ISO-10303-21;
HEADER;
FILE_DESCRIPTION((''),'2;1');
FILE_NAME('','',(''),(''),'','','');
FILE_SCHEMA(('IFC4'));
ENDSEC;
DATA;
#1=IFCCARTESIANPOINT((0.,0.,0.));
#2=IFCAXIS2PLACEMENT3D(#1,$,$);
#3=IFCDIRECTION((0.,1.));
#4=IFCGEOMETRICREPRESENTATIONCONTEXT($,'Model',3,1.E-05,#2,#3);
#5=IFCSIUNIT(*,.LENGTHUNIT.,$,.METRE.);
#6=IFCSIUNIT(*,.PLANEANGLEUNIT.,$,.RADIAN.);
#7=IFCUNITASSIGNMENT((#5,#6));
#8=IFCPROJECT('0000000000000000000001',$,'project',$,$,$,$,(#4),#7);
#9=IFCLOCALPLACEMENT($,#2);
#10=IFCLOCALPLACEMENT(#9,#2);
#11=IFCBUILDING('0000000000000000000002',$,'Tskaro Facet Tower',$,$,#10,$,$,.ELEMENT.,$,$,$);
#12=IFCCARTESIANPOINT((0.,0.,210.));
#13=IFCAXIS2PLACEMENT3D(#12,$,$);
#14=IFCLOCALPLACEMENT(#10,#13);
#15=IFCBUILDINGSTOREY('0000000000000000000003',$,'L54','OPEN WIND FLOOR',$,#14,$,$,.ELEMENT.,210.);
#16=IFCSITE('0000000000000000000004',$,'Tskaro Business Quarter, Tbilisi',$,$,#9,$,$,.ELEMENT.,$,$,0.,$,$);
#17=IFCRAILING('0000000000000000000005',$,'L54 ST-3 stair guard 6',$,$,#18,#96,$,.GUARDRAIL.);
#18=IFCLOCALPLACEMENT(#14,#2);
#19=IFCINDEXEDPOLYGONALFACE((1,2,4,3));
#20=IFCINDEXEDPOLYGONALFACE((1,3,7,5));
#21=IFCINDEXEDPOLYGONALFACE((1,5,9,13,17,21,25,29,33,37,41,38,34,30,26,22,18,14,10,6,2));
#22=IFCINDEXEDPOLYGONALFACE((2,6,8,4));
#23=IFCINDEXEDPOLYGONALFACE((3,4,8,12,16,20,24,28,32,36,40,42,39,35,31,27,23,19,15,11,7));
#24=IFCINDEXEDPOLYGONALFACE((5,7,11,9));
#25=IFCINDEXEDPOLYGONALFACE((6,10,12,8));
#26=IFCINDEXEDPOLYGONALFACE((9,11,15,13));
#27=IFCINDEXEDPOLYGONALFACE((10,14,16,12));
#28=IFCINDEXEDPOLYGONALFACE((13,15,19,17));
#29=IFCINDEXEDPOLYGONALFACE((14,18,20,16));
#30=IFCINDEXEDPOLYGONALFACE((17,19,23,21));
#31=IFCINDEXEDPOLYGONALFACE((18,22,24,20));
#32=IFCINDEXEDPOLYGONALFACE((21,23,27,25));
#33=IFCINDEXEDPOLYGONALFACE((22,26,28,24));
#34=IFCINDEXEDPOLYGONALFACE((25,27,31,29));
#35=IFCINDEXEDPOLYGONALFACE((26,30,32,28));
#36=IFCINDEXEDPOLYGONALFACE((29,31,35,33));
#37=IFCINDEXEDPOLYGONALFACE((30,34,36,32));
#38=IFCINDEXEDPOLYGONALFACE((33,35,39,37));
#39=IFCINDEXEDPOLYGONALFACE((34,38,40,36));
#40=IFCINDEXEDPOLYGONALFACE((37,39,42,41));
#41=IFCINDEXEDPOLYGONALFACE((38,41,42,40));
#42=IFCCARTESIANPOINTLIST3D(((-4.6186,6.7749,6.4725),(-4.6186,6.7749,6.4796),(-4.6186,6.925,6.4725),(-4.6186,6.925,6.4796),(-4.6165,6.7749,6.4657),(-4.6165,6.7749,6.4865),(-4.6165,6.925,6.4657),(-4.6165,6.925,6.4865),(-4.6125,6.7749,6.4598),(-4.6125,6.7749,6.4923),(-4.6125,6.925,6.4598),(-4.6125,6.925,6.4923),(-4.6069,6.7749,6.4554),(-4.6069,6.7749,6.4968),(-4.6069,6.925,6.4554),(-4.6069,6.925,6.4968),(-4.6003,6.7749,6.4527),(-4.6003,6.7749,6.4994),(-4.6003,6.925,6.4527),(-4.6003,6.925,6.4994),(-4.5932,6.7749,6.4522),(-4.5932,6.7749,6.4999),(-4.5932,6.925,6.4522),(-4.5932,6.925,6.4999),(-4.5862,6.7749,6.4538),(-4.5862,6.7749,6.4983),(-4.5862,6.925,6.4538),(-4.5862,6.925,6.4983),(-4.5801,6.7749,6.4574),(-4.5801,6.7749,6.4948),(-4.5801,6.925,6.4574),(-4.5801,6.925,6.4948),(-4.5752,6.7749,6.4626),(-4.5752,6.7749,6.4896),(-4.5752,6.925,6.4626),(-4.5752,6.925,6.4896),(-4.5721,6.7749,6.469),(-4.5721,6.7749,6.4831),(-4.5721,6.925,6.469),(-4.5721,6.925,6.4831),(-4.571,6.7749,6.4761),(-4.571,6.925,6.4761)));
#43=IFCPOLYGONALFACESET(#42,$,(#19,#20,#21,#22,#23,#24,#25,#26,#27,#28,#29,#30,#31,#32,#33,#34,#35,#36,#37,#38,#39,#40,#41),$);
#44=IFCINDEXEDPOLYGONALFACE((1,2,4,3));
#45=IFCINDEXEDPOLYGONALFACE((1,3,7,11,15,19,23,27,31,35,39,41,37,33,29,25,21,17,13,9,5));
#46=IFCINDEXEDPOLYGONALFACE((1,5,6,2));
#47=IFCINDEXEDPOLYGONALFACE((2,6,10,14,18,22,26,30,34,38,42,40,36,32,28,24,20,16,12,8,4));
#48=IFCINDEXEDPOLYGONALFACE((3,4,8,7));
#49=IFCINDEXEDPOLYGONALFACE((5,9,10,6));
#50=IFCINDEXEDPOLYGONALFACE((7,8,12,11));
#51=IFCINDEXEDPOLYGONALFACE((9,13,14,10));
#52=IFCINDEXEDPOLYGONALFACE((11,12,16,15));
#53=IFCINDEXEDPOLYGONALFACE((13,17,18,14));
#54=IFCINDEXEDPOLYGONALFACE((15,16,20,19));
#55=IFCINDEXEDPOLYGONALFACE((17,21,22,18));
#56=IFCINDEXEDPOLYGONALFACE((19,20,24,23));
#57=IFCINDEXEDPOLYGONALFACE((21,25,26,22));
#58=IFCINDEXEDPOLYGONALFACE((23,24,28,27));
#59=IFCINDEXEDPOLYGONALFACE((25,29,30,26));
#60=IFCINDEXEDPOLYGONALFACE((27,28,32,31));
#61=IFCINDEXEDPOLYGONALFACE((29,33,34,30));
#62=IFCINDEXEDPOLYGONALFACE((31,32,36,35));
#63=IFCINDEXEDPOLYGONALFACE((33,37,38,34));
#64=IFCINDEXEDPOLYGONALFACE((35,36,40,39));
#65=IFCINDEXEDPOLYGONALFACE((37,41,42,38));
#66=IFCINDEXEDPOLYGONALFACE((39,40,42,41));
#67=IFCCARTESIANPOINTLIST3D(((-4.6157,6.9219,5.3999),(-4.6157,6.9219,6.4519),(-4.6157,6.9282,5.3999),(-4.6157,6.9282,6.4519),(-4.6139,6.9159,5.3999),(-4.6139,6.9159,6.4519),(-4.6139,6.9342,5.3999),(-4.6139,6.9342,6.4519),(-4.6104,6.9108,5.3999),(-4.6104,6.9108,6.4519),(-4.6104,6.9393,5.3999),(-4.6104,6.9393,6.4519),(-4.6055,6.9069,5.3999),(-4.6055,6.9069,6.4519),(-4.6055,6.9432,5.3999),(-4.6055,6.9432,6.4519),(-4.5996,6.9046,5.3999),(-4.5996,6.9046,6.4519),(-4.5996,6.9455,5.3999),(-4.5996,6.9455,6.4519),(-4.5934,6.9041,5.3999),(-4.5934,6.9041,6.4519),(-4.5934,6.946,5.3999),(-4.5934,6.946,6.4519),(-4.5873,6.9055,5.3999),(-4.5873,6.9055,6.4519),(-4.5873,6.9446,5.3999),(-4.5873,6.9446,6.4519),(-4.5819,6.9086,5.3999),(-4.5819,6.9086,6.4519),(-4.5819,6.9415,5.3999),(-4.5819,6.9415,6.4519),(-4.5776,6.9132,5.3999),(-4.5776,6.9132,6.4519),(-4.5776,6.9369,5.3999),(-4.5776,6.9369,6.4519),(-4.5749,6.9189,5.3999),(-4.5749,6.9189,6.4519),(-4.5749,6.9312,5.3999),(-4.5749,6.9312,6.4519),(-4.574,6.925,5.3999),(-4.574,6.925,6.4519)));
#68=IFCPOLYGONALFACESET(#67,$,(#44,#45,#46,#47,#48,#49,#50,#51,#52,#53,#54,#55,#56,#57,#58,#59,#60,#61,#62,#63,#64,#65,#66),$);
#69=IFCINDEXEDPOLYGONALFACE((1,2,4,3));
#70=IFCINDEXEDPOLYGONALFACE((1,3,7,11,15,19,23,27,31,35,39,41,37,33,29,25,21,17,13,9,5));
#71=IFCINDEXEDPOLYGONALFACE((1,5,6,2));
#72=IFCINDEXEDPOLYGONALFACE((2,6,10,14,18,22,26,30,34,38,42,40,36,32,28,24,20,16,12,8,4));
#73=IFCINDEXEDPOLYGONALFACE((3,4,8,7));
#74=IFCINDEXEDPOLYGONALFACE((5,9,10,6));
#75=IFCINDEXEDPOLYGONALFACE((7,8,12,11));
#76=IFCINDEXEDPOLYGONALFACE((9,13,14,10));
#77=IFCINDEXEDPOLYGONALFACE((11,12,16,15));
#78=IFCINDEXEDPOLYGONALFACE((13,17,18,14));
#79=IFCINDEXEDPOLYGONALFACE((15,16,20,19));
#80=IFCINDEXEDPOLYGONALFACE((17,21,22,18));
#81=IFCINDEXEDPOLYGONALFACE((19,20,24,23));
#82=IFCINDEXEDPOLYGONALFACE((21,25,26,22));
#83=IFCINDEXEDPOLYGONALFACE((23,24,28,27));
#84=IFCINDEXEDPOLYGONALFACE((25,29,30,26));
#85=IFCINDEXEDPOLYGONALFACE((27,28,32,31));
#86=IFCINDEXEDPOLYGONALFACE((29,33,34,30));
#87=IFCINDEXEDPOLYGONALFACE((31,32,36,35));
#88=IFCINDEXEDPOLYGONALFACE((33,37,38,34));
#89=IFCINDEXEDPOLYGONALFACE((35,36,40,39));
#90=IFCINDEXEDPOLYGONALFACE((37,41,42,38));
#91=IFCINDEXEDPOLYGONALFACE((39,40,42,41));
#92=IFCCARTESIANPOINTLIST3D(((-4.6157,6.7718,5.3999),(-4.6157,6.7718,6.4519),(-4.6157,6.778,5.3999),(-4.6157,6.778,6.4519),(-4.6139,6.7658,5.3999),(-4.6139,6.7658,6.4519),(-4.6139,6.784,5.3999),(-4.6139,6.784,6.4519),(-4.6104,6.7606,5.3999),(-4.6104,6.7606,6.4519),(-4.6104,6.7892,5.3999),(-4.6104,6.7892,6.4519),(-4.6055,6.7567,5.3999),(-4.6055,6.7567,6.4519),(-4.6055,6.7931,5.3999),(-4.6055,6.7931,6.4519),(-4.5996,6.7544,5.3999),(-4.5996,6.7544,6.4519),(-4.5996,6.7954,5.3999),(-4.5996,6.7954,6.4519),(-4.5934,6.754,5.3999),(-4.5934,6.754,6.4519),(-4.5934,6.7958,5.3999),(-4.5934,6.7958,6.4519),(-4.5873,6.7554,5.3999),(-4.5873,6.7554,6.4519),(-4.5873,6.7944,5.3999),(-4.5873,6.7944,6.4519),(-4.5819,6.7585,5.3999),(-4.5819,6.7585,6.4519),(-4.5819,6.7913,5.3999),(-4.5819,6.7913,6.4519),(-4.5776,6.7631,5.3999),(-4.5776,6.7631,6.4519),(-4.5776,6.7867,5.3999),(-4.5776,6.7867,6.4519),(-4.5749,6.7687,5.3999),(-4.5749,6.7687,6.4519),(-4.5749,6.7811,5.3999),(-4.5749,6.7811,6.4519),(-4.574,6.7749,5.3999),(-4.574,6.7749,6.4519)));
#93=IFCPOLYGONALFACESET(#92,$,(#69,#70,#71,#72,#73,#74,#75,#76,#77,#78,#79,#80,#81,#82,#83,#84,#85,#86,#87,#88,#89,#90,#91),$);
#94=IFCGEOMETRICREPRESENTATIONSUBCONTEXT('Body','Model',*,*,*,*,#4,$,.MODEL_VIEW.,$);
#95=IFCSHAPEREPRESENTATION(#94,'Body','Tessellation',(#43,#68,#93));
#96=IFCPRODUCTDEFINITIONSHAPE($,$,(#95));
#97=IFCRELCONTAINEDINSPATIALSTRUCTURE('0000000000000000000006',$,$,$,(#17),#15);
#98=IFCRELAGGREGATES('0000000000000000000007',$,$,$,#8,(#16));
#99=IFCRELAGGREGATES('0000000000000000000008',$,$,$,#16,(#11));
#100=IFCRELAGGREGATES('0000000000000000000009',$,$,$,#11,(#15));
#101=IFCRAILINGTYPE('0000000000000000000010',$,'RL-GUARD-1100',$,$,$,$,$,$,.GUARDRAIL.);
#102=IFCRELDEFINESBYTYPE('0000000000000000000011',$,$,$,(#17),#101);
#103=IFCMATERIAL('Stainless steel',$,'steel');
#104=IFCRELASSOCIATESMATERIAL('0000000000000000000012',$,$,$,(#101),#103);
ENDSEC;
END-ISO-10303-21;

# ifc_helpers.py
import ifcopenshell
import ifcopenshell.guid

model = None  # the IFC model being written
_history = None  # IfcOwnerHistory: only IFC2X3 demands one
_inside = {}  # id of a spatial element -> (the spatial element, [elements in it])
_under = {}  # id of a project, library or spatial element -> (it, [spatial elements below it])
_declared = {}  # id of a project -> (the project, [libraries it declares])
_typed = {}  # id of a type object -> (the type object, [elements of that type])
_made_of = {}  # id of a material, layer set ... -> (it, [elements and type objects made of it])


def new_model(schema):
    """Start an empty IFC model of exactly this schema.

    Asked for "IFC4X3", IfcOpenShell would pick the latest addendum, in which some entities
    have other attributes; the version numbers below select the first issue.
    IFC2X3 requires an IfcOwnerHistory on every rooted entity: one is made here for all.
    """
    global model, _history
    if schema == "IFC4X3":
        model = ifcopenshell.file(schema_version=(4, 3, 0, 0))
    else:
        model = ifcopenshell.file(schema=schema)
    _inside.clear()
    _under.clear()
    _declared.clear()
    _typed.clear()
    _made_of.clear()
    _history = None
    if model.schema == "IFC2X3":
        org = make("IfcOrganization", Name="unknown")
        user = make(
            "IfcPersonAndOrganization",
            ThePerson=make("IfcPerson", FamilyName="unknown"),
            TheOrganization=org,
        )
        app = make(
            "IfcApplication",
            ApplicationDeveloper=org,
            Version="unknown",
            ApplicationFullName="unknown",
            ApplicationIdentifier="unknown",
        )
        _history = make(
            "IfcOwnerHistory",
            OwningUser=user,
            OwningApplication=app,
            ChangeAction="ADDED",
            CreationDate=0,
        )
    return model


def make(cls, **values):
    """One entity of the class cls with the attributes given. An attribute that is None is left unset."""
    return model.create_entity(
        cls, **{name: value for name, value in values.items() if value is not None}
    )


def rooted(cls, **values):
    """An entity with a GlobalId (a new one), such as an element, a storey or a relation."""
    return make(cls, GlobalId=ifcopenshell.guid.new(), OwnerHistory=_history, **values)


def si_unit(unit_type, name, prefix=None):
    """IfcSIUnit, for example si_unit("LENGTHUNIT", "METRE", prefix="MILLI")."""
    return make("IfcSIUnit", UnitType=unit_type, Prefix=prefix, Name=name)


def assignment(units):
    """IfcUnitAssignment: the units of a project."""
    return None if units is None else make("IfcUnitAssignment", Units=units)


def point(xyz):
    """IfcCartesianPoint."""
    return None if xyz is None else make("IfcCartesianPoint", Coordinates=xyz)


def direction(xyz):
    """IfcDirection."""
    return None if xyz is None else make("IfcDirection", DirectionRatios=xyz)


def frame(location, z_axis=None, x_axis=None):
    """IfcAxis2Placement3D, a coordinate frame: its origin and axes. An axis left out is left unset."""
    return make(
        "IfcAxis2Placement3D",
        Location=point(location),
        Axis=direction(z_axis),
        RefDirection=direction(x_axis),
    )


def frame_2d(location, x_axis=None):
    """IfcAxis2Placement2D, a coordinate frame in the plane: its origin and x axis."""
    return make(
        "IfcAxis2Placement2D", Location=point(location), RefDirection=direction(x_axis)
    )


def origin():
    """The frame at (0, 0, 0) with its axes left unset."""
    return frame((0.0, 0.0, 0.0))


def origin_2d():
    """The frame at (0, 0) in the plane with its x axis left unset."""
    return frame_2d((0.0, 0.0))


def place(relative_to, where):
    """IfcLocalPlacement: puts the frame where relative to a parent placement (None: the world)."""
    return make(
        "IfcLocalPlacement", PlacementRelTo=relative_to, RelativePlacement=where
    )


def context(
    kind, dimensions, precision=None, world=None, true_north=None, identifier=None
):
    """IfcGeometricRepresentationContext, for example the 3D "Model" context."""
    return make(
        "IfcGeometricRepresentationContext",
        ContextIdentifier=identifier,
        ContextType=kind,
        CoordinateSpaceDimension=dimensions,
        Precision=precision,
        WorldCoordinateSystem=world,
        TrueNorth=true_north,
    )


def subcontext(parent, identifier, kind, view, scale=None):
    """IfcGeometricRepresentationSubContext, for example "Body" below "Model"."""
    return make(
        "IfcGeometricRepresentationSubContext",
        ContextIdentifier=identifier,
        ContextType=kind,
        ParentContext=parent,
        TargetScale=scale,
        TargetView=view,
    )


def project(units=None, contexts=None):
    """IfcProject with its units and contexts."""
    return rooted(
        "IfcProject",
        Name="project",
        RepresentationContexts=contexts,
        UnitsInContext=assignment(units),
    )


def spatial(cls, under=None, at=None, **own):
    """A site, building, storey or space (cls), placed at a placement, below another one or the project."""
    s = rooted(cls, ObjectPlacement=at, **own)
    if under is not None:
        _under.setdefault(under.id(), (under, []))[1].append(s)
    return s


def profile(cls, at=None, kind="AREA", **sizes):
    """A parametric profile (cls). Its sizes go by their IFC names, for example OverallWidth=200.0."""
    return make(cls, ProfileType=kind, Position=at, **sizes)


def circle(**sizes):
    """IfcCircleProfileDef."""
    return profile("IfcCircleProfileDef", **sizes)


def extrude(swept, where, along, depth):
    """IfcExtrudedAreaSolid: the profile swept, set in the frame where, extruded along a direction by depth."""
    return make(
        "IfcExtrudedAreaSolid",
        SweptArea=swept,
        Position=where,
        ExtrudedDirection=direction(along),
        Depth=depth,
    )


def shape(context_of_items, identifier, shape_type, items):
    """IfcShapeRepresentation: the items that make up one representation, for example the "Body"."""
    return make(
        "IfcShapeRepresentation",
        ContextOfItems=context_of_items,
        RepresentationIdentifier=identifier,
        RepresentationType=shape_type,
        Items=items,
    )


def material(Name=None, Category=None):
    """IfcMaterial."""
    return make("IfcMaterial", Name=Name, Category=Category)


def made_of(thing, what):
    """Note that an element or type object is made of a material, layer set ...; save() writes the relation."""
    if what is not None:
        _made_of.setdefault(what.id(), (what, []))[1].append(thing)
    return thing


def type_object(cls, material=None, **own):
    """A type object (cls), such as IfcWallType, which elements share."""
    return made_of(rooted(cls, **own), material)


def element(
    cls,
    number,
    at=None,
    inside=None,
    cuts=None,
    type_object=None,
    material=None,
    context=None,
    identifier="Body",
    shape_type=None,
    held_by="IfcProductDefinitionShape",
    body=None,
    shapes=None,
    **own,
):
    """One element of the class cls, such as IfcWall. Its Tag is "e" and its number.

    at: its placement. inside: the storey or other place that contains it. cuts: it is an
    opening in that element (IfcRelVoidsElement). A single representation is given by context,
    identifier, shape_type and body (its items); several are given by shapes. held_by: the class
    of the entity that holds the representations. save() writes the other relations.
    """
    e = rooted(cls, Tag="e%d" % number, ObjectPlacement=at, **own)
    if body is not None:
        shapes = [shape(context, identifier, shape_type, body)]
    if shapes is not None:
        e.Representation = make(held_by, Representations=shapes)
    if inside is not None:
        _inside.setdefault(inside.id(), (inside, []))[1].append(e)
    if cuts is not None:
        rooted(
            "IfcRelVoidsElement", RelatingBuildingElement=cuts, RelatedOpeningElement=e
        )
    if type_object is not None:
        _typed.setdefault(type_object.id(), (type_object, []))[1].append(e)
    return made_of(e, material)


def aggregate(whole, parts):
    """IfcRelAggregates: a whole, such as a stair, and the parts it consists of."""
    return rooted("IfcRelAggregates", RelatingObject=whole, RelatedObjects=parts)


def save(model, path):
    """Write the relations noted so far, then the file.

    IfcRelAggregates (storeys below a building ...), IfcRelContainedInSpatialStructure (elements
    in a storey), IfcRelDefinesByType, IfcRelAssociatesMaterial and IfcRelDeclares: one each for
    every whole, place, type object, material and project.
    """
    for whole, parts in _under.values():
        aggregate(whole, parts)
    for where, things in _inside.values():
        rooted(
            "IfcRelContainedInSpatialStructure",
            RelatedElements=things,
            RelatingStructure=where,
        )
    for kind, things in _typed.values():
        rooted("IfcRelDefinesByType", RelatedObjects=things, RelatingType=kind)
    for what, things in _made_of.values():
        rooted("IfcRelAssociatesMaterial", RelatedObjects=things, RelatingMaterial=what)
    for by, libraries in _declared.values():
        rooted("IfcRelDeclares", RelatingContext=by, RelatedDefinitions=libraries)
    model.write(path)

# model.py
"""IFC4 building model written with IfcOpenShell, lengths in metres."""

from ifc_helpers import new_model, si_unit, direction, frame, origin, origin_2d, place, context, subcontext, project, spatial, circle, extrude, material, type_object, element, save


model = new_model("IFC4")

# Units and contexts
model_context = context("Model", 3, precision=1e-05, world=origin(), true_north=direction((0.0, 1.0)))
body_context = subcontext(model_context, "Body", "Model", "MODEL_VIEW")
ifc_project = project(units=[si_unit("LENGTHUNIT", "METRE"), si_unit("PLANEANGLEUNIT", "RADIAN")], contexts=[model_context])

# Site, building, storey
site_placement = place(None, origin())
site = spatial("IfcSite", under=ifc_project, at=site_placement, Name="Tskaro Business Quarter, Tbilisi", CompositionType="ELEMENT", RefElevation=0.0)
building_placement = place(site_placement, origin())
building = spatial("IfcBuilding", under=site, at=building_placement, Name="Tskaro Facet Tower", CompositionType="ELEMENT")
storey_placement = place(building_placement, frame((0.0, 0.0, 210.0)))
storey = spatial("IfcBuildingStorey", under=building, at=storey_placement, Name="L54", Description="OPEN WIND FLOOR", CompositionType="ELEMENT", Elevation=210.0)

# Railing
ifc_material_1 = material(Name="Stainless steel", Category="steel")
railing_type_1 = type_object("IfcRailingType", Name="RL-GUARD-1100", PredefinedType="GUARDRAIL", material=ifc_material_1)
railing_1_placement = place(storey_placement, frame((-4.595, 6.925, 5.3999)))
element("IfcRailing", 1, at=railing_1_placement, inside=storey, type_object=railing_type_1, Name="L54 ST-3 stair guard 6", PredefinedType="GUARDRAIL", context=body_context, shape_type="SweptSolid", body=[
    extrude(circle(Radius=0.0239, at=origin_2d()), frame((0.0, 0.0, 1.0762), z_axis=(0.0, -1.0, 0.0), x_axis=(1.0, 0.0, 0.0)), (0.0, 0.0, 1.0), 0.1501),
    extrude(circle(Radius=0.021, at=origin_2d()), origin(), (0.0, 0.0, 1.0), 1.052),
    extrude(circle(Radius=0.021, at=origin_2d()), frame((0.0, -0.1501, 0.0)), (0.0, 0.0, 1.0), 1.052),
])

save(model, "model.ifc")
